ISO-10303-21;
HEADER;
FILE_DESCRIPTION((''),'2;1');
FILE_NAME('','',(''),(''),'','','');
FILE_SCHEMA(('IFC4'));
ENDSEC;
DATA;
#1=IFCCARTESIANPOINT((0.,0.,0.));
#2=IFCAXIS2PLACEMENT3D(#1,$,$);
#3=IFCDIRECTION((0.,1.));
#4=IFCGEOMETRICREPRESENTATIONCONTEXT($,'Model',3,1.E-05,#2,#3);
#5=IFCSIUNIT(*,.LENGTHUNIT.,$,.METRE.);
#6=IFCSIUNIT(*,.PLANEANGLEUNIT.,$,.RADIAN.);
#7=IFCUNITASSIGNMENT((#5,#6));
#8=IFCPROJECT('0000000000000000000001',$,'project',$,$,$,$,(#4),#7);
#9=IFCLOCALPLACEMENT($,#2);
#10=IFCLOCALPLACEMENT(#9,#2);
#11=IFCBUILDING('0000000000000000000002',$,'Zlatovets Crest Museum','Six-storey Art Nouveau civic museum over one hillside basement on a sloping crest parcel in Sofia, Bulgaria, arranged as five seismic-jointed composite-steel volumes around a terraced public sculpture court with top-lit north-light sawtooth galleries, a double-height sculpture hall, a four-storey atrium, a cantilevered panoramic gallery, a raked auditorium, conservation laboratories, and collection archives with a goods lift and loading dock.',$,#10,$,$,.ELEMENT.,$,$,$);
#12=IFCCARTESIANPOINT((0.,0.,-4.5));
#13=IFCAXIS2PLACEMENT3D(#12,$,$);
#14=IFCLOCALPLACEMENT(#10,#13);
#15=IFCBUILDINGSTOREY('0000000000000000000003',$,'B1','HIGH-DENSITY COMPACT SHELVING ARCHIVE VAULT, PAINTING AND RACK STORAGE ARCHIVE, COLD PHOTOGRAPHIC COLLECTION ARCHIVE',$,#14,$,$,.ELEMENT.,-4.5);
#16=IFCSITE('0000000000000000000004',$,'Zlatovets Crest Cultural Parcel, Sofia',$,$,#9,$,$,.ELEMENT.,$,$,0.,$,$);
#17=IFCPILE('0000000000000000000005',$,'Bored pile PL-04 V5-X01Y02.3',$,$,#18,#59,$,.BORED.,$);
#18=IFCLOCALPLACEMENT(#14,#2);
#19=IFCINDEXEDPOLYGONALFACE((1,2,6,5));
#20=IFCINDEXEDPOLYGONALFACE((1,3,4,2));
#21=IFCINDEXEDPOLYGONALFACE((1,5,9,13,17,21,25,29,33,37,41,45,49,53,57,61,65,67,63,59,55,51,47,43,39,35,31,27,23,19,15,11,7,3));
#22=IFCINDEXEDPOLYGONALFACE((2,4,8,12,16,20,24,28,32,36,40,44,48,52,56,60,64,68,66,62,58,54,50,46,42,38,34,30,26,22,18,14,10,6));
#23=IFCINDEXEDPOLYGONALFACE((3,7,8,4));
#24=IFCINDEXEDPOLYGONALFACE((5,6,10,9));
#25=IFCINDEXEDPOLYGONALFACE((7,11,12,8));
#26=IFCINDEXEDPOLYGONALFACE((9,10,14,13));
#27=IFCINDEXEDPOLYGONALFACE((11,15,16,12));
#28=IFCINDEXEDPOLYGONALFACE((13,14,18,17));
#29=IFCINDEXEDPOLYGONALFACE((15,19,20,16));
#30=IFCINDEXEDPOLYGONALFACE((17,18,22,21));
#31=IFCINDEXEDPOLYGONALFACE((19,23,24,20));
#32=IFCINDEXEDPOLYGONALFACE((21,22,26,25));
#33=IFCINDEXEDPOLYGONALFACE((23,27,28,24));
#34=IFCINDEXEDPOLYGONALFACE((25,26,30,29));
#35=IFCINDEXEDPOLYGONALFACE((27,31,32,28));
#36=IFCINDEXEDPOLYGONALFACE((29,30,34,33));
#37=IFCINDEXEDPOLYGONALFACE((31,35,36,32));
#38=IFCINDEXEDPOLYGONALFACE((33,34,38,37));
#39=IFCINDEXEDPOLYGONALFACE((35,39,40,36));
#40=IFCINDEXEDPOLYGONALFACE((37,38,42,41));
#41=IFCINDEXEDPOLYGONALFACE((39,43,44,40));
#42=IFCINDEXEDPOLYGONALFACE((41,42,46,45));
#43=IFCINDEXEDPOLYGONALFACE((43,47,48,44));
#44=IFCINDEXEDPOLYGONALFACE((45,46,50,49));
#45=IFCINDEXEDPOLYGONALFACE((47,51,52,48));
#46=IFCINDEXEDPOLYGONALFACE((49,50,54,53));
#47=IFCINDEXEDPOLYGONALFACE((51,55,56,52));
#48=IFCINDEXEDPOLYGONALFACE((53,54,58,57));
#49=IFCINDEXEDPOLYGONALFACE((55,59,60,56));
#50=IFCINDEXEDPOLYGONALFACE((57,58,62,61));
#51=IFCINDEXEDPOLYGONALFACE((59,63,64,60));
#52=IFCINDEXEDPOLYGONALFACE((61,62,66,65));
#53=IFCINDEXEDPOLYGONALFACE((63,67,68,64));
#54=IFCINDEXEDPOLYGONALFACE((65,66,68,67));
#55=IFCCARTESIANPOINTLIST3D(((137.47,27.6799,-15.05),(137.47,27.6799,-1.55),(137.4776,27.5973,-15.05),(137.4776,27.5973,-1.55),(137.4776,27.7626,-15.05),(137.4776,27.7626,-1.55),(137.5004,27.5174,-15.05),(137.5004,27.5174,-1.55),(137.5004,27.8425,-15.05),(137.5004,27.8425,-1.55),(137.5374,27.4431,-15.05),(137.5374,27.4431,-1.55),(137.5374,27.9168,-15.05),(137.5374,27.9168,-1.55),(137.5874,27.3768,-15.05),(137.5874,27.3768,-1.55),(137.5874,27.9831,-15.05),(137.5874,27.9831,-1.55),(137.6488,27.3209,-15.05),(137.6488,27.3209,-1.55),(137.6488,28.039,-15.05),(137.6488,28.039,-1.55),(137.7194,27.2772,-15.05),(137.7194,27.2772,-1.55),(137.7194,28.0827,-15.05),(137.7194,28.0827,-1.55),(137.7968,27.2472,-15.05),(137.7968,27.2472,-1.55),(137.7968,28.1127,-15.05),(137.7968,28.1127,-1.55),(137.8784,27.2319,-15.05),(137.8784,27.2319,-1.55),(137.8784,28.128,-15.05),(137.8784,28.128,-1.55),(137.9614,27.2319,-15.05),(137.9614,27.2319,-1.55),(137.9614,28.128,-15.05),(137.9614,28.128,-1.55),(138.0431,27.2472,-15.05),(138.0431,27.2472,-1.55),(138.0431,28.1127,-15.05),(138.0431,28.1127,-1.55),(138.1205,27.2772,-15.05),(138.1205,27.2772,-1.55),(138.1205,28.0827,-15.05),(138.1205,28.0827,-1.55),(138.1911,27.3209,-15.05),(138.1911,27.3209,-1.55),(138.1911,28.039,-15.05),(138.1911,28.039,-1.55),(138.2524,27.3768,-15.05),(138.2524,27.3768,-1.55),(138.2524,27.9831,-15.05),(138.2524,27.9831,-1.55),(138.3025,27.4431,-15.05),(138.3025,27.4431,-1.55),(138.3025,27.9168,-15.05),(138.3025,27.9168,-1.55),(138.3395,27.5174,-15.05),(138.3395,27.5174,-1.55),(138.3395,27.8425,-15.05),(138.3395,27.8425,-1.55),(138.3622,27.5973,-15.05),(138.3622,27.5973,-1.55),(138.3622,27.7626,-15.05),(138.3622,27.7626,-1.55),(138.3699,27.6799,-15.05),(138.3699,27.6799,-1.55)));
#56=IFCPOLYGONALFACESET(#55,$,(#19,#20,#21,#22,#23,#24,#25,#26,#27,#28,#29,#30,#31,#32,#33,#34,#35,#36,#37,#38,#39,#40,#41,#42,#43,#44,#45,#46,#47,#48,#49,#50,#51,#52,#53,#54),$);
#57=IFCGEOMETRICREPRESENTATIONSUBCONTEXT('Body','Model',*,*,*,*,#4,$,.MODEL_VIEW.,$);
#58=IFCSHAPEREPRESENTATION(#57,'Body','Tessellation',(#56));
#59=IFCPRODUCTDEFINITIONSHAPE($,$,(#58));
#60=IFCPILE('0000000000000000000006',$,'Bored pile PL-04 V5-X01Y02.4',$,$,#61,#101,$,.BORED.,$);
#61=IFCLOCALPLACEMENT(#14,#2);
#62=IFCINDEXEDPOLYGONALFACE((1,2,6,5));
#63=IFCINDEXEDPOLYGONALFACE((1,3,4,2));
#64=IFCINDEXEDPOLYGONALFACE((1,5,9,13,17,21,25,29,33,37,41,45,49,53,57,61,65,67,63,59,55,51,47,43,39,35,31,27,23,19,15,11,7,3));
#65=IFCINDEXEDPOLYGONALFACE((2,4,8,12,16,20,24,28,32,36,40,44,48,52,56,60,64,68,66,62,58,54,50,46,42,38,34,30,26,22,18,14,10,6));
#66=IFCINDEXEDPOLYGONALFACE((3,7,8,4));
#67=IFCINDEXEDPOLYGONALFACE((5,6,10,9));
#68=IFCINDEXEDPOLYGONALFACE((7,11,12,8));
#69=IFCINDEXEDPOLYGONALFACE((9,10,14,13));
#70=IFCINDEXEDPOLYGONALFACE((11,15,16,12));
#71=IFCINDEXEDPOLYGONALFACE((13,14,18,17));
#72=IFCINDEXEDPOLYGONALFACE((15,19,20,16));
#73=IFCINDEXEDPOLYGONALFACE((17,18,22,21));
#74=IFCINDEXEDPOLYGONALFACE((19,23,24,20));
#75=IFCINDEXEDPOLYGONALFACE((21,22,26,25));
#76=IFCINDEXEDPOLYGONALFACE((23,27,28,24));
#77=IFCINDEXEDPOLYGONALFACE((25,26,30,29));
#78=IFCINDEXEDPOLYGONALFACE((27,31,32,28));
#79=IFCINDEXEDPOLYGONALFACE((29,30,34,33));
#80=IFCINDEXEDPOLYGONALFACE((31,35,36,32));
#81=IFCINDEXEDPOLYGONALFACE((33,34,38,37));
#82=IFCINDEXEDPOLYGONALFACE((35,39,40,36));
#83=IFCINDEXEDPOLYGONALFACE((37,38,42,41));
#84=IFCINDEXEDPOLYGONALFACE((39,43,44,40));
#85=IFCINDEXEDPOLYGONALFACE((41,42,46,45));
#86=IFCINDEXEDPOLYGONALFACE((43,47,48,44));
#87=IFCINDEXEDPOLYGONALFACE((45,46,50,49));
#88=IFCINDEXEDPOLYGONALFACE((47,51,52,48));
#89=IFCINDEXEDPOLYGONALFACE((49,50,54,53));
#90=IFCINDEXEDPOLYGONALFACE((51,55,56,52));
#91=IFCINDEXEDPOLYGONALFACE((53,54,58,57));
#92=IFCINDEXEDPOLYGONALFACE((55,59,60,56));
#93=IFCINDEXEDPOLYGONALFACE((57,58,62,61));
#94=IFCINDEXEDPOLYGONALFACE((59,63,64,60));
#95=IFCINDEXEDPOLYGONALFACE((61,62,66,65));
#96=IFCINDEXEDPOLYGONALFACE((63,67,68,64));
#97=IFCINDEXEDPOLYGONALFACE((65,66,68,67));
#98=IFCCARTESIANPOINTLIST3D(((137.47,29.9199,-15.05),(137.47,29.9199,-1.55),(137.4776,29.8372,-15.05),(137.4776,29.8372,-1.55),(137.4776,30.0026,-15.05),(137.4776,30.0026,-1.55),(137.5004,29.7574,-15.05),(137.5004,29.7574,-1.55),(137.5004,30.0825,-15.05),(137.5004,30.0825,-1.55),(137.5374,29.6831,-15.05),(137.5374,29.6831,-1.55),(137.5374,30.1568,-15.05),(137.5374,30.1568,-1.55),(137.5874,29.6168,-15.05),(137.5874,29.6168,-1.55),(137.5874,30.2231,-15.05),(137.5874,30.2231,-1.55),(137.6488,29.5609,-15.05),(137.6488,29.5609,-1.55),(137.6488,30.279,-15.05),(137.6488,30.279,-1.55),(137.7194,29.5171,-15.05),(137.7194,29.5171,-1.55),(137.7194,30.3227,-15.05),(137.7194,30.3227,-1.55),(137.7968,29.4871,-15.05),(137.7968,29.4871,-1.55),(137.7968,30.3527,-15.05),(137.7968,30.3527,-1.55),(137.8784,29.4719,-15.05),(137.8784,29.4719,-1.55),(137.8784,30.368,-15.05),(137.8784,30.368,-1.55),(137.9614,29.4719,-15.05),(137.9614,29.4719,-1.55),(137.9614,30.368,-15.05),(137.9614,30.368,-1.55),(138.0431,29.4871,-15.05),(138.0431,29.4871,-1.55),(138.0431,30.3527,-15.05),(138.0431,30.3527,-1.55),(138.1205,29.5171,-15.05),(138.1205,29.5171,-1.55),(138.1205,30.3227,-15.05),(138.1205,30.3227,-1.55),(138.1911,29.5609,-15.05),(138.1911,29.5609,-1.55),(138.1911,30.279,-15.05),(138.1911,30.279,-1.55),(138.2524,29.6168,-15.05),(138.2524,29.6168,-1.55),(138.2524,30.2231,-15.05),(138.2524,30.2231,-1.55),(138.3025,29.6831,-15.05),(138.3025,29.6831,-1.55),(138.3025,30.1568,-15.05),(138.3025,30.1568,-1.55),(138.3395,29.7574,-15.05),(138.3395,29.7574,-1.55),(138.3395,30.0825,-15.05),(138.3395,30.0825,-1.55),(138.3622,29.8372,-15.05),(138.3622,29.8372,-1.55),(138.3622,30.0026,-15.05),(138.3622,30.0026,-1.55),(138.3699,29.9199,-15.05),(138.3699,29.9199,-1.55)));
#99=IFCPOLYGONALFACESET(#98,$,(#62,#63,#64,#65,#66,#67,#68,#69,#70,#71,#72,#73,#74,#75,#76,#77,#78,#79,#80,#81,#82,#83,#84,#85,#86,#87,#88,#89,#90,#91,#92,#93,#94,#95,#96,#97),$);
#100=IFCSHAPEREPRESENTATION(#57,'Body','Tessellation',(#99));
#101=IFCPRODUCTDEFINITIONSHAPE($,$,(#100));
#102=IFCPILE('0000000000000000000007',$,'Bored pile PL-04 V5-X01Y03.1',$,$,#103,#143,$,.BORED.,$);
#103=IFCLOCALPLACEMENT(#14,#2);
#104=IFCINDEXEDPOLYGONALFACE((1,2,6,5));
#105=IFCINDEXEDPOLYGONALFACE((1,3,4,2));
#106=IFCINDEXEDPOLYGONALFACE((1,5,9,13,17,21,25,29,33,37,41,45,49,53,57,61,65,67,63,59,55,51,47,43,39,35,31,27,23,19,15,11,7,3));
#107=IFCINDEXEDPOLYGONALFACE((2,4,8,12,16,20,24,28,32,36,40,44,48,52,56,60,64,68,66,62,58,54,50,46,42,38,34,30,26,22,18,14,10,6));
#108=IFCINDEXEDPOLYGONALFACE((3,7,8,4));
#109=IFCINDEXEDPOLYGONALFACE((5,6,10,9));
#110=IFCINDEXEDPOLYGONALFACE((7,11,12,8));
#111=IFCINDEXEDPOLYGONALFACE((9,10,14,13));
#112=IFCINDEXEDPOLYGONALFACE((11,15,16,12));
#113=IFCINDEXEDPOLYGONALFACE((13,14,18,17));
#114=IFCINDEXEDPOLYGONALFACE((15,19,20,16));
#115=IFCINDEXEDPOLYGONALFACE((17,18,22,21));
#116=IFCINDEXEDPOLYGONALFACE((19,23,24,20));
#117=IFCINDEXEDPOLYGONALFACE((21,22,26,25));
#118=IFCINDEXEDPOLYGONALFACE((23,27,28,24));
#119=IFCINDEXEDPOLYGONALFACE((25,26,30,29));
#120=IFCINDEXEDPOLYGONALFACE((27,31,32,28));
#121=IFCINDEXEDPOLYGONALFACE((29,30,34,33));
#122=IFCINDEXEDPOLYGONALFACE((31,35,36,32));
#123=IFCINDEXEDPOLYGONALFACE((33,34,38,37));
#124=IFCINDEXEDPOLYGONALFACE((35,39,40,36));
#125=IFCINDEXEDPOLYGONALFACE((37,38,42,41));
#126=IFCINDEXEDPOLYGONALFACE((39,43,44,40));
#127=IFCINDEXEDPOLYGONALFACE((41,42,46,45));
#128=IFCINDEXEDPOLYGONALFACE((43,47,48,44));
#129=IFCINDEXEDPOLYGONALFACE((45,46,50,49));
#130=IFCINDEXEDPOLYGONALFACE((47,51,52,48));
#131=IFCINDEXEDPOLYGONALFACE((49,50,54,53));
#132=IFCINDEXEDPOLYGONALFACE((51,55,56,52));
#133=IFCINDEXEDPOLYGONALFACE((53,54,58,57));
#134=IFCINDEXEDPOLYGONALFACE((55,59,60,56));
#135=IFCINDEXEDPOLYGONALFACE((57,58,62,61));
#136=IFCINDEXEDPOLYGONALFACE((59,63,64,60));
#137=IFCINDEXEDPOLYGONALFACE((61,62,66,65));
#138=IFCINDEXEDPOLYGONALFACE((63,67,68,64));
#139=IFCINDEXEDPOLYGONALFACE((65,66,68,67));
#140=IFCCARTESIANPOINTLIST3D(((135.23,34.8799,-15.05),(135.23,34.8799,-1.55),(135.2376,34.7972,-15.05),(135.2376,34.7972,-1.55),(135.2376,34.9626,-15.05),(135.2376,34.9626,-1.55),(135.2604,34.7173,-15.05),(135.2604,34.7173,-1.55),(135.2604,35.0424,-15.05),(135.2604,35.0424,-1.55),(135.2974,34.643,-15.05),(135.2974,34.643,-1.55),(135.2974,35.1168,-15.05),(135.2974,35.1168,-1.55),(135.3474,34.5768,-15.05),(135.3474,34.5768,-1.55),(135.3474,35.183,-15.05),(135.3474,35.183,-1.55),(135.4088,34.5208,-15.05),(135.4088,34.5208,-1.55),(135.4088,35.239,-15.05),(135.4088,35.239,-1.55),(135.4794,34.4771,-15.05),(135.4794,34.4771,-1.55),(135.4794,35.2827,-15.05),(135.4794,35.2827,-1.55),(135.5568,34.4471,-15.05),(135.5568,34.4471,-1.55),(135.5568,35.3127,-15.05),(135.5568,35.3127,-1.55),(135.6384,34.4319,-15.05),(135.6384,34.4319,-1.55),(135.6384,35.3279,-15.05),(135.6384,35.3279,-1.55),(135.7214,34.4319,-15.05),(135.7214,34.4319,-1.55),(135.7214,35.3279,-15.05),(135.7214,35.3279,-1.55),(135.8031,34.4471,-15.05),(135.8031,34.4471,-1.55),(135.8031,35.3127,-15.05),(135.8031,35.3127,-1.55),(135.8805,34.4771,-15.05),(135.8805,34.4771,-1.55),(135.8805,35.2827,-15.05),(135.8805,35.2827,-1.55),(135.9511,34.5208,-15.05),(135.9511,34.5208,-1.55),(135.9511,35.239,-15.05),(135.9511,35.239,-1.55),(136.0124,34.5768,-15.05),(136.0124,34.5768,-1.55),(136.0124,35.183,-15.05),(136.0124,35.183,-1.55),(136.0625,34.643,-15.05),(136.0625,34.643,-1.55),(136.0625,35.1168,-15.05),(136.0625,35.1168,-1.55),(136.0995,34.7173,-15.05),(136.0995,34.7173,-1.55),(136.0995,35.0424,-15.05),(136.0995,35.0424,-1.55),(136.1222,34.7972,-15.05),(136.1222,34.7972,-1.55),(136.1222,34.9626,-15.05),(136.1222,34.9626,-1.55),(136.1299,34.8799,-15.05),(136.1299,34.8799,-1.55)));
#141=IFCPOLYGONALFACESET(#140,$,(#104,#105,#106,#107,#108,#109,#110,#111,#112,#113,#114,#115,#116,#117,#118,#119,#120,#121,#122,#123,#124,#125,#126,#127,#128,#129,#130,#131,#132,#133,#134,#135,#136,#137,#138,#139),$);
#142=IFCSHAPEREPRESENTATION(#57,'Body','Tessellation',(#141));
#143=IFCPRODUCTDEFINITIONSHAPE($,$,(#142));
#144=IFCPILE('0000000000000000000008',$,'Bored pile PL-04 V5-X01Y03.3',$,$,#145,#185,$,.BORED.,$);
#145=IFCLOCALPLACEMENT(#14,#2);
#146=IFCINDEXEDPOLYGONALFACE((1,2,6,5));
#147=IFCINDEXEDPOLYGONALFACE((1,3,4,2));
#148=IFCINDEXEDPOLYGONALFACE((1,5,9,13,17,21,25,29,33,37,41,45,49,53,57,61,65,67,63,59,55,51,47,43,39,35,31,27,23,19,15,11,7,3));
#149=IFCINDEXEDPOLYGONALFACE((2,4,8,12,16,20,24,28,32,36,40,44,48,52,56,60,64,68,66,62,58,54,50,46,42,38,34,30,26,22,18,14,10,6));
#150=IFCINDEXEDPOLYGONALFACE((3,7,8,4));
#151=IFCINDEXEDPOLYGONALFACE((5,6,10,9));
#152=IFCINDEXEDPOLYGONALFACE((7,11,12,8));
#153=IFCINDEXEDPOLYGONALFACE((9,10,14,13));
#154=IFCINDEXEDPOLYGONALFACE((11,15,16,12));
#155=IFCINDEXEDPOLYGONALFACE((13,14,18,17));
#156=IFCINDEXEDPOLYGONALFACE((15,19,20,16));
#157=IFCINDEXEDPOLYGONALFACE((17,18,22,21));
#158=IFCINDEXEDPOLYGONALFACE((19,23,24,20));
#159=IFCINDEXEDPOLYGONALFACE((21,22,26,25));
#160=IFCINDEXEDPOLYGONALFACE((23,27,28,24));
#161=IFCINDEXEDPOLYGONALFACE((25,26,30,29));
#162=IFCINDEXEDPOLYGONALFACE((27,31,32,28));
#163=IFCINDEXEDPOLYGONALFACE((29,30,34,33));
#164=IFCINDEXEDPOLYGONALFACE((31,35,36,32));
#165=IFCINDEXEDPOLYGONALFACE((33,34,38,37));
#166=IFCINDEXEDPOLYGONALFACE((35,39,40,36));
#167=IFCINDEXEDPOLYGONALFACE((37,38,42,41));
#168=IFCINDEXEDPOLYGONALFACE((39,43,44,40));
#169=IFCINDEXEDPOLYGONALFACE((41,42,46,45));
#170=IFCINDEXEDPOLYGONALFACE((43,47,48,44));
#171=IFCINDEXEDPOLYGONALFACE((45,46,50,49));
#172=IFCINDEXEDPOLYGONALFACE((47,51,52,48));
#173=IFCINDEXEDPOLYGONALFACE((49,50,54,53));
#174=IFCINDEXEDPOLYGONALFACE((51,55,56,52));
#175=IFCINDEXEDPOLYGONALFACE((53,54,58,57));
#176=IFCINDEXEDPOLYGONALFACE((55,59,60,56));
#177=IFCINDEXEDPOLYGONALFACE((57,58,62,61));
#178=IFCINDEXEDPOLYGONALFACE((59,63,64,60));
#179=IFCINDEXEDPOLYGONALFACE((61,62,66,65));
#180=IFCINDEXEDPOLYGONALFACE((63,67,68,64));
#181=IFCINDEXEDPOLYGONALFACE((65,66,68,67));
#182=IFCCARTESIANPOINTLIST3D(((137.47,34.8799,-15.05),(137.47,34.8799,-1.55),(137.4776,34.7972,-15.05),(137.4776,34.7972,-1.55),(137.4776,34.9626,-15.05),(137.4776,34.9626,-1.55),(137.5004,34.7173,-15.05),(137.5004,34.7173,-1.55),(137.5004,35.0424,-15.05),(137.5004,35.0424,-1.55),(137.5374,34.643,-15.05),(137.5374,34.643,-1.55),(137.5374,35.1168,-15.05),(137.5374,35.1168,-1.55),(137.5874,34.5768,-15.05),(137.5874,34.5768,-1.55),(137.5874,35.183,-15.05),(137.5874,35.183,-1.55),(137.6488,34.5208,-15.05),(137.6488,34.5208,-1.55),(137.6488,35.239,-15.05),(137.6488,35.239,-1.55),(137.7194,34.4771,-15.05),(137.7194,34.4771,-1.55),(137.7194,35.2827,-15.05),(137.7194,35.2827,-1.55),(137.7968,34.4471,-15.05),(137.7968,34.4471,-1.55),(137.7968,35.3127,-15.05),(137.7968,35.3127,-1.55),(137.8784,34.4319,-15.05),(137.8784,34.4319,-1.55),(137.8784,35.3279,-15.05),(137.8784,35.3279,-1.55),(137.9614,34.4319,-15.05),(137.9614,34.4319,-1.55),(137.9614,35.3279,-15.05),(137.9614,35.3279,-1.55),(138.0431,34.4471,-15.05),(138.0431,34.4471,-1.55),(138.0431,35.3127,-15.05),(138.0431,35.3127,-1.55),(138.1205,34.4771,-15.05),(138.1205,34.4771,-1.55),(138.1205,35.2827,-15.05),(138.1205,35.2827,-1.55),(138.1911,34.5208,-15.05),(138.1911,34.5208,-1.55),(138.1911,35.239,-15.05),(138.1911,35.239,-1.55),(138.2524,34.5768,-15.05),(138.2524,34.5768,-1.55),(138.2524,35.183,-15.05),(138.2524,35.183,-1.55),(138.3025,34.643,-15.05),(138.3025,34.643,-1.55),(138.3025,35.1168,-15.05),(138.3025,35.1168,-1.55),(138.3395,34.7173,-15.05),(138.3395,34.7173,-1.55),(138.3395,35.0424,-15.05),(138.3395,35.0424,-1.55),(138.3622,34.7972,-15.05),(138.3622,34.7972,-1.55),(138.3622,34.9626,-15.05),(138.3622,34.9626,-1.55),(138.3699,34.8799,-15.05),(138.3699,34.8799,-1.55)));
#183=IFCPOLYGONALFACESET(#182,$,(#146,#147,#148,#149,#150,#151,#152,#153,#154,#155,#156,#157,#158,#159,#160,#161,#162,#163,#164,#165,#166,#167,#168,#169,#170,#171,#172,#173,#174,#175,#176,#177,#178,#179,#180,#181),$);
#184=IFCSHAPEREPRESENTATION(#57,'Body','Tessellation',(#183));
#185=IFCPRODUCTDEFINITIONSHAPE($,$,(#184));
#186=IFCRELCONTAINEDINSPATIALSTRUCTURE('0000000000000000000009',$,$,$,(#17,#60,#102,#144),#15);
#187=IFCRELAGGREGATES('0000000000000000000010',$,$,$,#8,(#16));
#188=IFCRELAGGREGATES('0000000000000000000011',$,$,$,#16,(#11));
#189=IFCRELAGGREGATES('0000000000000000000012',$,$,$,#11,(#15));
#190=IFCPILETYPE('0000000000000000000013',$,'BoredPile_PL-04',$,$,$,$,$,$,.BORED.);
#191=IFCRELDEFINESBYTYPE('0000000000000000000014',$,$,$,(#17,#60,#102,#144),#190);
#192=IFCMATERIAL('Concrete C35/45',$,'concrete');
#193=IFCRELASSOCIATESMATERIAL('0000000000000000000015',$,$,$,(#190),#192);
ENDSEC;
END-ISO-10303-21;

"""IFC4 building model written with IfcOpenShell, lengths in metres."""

from ifc_helpers import new_model, si_unit, direction, frame, origin, origin_2d, place, context, subcontext, project, spatial, circle, extrude, material, material_profile, profile_set, type_object, element, save


model = new_model("IFC4")

# Units and contexts
model_context = context("Model", 3, precision=1e-05, world=origin(), true_north=direction((0.0, 1.0)))
body_context = subcontext(model_context, "Body", "Model", "MODEL_VIEW")
ifc_project = project(units=[si_unit("LENGTHUNIT", "METRE"), si_unit("PLANEANGLEUNIT", "RADIAN")], contexts=[model_context])

# Site, building, storey
site_placement = place(None, origin())
site = spatial("IfcSite", under=ifc_project, at=site_placement, Name="Zlatovets Crest Cultural Parcel, Sofia", CompositionType="ELEMENT", RefElevation=0.0)
building_placement = place(site_placement, origin())
building = spatial("IfcBuilding", under=site, at=building_placement, Name="Zlatovets Crest Museum", Description="Six-storey Art Nouveau civic museum over one hillside basement on a sloping crest parcel in Sofia, Bulgaria, arranged as five seismic-jointed composite-steel volumes around a terraced public sculpture court with top-lit north-light sawtooth galleries, a double-height sculpture hall, a four-storey atrium, a cantilevered panoramic gallery, a raked auditorium, conservation laboratories, and collection archives with a goods lift and loading dock.", CompositionType="ELEMENT")
storey_placement = place(building_placement, frame((0.0, 0.0, -4.5)))
storey = spatial("IfcBuildingStorey", under=building, at=storey_placement, Name="B1", Description="HIGH-DENSITY COMPACT SHELVING ARCHIVE VAULT, PAINTING AND RACK STORAGE ARCHIVE, COLD PHOTOGRAPHIC COLLECTION ARCHIVE", CompositionType="ELEMENT", Elevation=-4.5)

# Piles
ifc_material = material(Name="Concrete C35/45", Category="concrete")
ifc_material_profile_1 = material_profile(ifc_material, circle(Radius=0.45, at=origin_2d()), Name="PILE D900")
ifc_profile_set_1 = profile_set([ifc_material_profile_1], Name="Concrete C35/45")
pile_type = type_object("IfcPileType", Name="BoredPile_PL-04", PredefinedType="BORED", material=ifc_profile_set_1)
for number, where, z_axis, x_axis, name in (
    (1, (137.9199, 27.6799, -1.55), (0.0, 0.0, -1.0), (1.0, 0.0, 0.0), "Bored pile PL-04 V5-X01Y02.3"),
    (2, (137.9199, 29.9199, -1.55), (0.0, 0.0, -1.0), (1.0, 0.0, 0.0), "Bored pile PL-04 V5-X01Y02.4"),
    (3, (135.6799, 34.8799, -1.55), (0.0, 0.0, -1.0), (1.0, 0.0, 0.0), "Bored pile PL-04 V5-X01Y03.1"),
    (4, (137.9199, 34.8799, -1.55), (0.0, 0.0, -1.0), (1.0, 0.0, 0.0), "Bored pile PL-04 V5-X01Y03.3"),
):
    element("IfcPile", number, at=place(storey_placement, frame(where, z_axis=z_axis, x_axis=x_axis)), inside=storey, type_object=pile_type, Name=name, PredefinedType="BORED", context=body_context, shape_type="SweptSolid", body=[
        extrude(circle(Radius=0.45, at=origin_2d()), origin(), (0.0, 0.0, 1.0), 13.5),
    ])

save(model, "model.ifc")
